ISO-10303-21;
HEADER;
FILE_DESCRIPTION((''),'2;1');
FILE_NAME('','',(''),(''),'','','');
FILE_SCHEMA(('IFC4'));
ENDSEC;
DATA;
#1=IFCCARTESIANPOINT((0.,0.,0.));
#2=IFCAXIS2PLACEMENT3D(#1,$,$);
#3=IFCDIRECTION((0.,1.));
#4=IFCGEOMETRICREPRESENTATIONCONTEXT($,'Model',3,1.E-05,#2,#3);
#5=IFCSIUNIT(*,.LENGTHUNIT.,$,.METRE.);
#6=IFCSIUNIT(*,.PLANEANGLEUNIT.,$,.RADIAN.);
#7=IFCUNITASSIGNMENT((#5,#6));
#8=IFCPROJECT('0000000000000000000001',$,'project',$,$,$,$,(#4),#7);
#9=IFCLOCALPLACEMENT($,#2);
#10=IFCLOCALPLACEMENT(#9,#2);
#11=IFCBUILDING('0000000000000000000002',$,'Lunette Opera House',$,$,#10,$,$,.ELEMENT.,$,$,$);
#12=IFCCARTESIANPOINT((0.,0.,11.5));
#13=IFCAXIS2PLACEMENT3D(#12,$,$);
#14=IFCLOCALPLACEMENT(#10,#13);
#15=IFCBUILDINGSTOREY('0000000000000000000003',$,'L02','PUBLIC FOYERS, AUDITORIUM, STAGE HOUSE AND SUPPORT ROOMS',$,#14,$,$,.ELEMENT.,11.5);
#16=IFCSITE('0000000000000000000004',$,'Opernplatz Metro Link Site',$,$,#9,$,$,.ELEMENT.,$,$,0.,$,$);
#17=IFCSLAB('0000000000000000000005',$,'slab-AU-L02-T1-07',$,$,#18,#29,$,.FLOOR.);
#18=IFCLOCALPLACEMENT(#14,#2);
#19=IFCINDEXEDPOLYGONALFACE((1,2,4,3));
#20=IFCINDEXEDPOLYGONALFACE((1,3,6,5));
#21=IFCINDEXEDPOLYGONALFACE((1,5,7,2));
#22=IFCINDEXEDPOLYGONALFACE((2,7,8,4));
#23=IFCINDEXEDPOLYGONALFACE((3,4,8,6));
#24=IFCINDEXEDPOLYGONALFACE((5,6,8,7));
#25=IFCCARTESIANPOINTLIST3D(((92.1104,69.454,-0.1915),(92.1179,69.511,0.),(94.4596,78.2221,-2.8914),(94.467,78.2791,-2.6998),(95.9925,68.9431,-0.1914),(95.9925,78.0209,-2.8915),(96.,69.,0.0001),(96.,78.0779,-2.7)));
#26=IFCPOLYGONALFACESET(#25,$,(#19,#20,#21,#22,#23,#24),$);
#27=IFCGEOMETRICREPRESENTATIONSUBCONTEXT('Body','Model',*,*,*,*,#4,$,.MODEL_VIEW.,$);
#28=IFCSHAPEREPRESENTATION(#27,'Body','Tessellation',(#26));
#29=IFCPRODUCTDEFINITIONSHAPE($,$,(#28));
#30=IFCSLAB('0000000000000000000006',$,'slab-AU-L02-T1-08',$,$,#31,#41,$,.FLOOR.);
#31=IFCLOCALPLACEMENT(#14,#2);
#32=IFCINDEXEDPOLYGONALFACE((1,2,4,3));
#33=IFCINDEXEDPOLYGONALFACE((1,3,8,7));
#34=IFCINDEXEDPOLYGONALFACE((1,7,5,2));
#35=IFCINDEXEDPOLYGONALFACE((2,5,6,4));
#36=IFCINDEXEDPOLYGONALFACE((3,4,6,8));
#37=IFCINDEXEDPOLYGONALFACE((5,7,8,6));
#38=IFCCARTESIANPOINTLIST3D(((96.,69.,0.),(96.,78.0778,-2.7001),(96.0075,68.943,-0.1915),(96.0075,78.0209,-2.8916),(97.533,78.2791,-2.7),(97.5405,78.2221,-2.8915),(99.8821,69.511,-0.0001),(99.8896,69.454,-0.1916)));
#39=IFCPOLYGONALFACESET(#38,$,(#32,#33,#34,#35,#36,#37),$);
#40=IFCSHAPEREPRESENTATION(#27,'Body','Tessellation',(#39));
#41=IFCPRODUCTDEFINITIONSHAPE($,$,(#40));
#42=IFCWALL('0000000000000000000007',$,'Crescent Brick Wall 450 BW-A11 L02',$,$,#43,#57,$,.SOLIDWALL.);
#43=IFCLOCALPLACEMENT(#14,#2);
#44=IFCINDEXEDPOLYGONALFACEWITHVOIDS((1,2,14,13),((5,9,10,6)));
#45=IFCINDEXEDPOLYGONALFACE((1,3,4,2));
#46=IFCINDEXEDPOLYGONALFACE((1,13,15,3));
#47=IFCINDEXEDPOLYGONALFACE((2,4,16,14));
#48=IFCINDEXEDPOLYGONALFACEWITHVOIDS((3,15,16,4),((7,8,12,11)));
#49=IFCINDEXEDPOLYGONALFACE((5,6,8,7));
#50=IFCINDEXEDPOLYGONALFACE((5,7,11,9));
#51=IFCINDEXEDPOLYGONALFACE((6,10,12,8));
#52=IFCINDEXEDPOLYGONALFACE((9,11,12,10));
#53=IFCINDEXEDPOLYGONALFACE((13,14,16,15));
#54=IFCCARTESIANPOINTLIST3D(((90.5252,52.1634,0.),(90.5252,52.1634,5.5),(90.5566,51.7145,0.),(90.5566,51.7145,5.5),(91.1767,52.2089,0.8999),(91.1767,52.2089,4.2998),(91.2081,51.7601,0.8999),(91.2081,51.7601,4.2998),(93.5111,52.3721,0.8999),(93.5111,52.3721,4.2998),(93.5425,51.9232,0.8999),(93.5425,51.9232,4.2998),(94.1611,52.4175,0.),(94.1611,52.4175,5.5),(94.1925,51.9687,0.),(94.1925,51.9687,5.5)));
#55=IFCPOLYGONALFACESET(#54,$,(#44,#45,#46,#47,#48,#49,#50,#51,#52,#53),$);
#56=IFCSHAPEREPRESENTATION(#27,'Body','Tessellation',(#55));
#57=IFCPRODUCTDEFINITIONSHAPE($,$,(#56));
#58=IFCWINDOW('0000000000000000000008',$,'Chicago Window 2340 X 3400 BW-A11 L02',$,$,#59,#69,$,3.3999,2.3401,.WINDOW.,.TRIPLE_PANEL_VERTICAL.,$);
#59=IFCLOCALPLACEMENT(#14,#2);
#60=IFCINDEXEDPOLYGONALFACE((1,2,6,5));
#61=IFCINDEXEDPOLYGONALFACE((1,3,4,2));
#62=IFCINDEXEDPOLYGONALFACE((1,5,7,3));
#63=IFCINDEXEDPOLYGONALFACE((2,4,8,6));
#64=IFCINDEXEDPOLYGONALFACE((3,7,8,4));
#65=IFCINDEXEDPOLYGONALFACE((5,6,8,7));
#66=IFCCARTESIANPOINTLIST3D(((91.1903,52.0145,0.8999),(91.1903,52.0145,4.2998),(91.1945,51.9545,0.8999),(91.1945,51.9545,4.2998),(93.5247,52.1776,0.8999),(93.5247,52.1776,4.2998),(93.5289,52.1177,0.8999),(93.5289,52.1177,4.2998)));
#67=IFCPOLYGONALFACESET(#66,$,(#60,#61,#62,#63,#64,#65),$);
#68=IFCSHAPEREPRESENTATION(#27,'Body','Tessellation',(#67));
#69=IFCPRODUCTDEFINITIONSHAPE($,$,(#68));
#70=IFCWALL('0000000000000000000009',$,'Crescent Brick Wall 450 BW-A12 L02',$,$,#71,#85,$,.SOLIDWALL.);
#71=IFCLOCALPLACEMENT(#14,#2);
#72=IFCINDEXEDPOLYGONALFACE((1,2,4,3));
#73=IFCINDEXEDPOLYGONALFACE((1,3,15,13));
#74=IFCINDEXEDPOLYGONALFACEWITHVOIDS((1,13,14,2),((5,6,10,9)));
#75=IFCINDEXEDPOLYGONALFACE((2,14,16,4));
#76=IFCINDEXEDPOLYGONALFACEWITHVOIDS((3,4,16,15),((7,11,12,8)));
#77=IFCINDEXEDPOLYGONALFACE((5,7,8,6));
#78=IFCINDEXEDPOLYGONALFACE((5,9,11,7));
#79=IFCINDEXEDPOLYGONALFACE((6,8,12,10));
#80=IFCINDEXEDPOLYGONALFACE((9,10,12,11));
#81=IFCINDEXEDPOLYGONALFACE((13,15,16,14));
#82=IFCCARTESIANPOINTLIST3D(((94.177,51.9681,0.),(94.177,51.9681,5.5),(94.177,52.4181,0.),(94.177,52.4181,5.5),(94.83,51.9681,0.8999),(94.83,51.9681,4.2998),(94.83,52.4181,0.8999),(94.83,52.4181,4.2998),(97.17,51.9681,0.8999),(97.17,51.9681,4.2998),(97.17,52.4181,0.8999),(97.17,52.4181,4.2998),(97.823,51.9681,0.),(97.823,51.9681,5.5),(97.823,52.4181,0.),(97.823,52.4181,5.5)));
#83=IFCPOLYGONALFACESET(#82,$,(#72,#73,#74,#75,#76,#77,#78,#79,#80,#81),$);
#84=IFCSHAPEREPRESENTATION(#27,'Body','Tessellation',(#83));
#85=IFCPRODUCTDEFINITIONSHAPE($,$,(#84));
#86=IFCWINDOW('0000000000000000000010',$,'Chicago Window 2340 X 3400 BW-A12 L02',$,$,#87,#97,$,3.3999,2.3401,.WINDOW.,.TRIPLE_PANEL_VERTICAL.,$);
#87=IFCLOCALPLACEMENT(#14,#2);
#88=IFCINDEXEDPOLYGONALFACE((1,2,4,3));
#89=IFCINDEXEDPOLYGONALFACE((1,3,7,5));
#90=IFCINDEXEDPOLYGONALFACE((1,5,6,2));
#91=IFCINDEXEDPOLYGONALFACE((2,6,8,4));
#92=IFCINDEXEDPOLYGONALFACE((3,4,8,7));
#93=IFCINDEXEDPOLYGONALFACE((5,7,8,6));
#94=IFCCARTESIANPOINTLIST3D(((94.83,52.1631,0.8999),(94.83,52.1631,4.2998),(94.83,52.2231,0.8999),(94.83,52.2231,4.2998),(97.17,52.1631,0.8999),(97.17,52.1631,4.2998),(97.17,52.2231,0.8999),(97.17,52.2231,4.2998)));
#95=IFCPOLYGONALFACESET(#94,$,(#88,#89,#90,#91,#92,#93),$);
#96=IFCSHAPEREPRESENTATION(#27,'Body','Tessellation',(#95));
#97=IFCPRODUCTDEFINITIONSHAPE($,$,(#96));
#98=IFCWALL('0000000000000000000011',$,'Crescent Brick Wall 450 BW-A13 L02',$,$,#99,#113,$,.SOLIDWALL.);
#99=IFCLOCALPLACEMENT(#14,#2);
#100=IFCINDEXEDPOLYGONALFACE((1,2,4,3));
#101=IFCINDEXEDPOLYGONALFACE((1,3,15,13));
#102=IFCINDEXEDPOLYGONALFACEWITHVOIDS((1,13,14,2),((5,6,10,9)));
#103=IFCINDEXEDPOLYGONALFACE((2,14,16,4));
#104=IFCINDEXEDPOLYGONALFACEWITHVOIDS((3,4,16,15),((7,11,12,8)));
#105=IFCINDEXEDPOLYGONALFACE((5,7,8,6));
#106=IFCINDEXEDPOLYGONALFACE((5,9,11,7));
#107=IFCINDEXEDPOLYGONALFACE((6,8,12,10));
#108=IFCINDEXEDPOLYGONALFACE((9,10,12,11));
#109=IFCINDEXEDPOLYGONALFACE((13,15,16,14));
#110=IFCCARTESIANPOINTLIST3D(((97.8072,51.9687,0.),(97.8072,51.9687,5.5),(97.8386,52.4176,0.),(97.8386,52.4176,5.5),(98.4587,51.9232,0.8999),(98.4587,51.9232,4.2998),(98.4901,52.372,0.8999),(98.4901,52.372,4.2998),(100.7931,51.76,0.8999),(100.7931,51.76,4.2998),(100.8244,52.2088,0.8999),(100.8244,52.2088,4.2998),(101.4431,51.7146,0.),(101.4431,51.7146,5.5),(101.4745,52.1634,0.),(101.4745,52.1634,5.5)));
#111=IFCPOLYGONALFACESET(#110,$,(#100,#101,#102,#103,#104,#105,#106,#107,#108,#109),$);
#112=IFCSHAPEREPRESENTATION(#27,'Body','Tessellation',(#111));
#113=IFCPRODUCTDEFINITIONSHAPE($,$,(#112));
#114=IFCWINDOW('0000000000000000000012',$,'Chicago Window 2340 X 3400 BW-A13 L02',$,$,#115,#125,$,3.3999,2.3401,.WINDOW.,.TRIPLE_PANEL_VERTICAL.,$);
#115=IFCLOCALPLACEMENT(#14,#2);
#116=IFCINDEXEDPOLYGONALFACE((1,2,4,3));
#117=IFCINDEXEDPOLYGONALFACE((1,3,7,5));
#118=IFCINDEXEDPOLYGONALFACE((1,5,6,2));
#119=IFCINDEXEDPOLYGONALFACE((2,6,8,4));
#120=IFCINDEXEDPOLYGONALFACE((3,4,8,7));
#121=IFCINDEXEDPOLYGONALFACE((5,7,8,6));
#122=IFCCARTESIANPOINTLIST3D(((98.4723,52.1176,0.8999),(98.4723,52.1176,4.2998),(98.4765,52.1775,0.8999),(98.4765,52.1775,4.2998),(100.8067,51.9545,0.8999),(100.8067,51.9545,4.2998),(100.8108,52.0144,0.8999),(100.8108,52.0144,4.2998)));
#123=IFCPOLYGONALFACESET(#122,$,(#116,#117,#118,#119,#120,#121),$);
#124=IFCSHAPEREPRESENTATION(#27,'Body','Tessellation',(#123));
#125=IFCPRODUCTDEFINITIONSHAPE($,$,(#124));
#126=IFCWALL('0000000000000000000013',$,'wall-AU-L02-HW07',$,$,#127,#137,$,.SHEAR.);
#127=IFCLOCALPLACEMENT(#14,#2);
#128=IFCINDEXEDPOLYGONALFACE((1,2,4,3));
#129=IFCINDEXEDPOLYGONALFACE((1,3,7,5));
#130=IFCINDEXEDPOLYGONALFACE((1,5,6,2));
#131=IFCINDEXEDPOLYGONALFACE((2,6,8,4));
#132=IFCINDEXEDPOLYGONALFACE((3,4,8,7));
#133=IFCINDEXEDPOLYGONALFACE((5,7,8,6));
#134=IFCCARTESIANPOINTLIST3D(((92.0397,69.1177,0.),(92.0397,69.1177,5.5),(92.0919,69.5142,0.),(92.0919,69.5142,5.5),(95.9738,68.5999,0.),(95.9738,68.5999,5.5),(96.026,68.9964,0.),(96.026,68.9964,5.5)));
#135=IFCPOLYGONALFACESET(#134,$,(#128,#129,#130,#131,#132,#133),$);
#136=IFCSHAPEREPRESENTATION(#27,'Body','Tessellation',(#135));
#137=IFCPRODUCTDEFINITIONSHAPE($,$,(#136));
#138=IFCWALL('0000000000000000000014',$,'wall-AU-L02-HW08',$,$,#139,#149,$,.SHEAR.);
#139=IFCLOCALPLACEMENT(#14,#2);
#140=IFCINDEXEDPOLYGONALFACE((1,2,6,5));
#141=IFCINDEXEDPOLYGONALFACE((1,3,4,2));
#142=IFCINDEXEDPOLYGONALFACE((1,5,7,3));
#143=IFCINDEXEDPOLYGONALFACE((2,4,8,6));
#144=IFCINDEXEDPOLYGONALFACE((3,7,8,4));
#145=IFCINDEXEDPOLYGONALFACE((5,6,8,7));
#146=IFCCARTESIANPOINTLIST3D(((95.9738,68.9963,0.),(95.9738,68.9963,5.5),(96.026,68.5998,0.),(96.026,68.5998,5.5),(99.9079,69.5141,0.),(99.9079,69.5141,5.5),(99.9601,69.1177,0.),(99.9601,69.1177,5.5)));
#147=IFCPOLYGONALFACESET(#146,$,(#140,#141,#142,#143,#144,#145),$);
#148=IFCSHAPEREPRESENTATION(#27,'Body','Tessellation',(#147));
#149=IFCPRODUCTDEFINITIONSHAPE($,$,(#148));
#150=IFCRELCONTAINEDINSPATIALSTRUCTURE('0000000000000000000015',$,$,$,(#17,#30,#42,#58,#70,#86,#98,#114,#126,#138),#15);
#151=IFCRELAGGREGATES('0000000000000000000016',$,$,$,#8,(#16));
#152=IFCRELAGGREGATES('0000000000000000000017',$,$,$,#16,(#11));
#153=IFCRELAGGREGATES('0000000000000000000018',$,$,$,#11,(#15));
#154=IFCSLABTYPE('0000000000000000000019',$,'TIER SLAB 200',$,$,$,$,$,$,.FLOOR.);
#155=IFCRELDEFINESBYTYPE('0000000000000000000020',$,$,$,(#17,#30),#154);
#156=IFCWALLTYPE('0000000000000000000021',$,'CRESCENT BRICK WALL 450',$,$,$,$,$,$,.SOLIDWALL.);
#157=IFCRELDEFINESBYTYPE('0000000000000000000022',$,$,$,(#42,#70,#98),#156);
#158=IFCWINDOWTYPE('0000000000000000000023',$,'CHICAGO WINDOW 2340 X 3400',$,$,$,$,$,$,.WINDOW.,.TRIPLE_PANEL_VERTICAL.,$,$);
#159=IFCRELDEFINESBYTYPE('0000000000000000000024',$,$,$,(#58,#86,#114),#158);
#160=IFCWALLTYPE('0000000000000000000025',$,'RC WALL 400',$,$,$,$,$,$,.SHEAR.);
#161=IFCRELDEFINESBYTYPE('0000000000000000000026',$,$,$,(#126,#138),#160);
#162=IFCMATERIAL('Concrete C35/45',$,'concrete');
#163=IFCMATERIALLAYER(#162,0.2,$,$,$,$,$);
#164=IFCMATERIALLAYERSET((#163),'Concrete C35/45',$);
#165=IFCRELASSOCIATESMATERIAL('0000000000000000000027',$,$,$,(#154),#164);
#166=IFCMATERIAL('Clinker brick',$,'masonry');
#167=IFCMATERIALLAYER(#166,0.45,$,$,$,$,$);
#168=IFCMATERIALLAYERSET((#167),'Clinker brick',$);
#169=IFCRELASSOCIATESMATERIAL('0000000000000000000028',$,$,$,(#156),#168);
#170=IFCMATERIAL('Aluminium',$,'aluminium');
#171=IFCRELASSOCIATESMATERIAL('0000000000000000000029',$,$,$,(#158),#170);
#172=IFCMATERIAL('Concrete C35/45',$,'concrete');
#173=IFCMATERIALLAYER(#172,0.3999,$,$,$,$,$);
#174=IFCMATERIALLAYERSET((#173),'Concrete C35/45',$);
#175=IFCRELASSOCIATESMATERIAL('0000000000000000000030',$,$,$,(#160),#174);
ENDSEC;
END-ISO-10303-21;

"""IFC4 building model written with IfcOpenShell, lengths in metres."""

from ifc_helpers import new_model, si_unit, direction, frame, frame_2d, origin, place, context, subcontext, project, spatial, polyline, rectangle, outline, extrude, material, layer, layer_set, type_object, element, fill, save


model = new_model("IFC4")

# Units and contexts
model_context = context("Model", 3, precision=1e-05, world=origin(), true_north=direction((0.0, 1.0)))
body_context = subcontext(model_context, "Body", "Model", "MODEL_VIEW")
ifc_project = project(units=[si_unit("LENGTHUNIT", "METRE"), si_unit("PLANEANGLEUNIT", "RADIAN")], contexts=[model_context])

# Site, building, storey
site_placement = place(None, origin())
site = spatial("IfcSite", under=ifc_project, at=site_placement, Name="Opernplatz Metro Link Site", CompositionType="ELEMENT", RefElevation=0.0)
building_placement = place(site_placement, origin())
building = spatial("IfcBuilding", under=site, at=building_placement, Name="Lunette Opera House", CompositionType="ELEMENT")
storey_placement = place(building_placement, frame((0.0, 0.0, 11.5)))
storey = spatial("IfcBuildingStorey", under=building, at=storey_placement, Name="L02", Description="PUBLIC FOYERS, AUDITORIUM, STAGE HOUSE AND SUPPORT ROOMS", CompositionType="ELEMENT", Elevation=11.5)

# Slabs
ifc_material_1 = material(Name="Concrete C35/45", Category="concrete")
ifc_layer_1 = layer(ifc_material_1, 0.2)
ifc_layer_set_1 = layer_set([ifc_layer_1], Name="Concrete C35/45")
slab_type = type_object("IfcSlabType", Name="TIER SLAB 200", PredefinedType="FLOOR", material=ifc_layer_set_1)
slab_1_placement = place(storey_placement, frame((92.1179, 69.511, 0.0), z_axis=(0.037467, 0.284891, 0.957827), x_axis=(0.991449, -0.130492, 0.00003)))
element("IfcSlab", 1, at=slab_1_placement, inside=storey, type_object=slab_type, Name="slab-AU-L02-T1-07", PredefinedType="FLOOR", context=body_context, shape_type="SweptSolid", body=[
    extrude(outline(polyline([(0.0, 0.0), (3.9156, 0.0), (2.7309, 9.3965), (1.1848, 9.3959), (0.0, 0.0)])), origin(), (0.0, 0.0, -1.0), 0.2),
])
slab_2_placement = place(storey_placement, frame((96.0, 69.0, 0.0), z_axis=(-0.037467, 0.284891, 0.957827), x_axis=(0.991449, 0.130492, -0.00003)))
element("IfcSlab", 2, at=slab_2_placement, inside=storey, type_object=slab_type, Name="slab-AU-L02-T1-08", PredefinedType="FLOOR", context=body_context, shape_type="SweptSolid", body=[
    extrude(outline(polyline([(0.0, 0.0), (3.9156, 0.0), (2.7308, 9.3959), (1.1847, 9.3965), (0.0, 0.0)])), origin(), (0.0, 0.0, -1.0), 0.2),
])

# Walls, openings, windows
ifc_material_2 = material(Name="Clinker brick", Category="masonry")
ifc_layer_2 = layer(ifc_material_2, 0.45)
ifc_layer_set_2 = layer_set([ifc_layer_2], Name="Clinker brick")
wall_type_1 = type_object("IfcWallType", Name="CRESCENT BRICK WALL 450", PredefinedType="SOLIDWALL", material=ifc_layer_set_2)
wall_1_placement = place(storey_placement, frame((90.541, 51.939, 0.0), z_axis=(0.0, 0.0, 1.0), x_axis=(0.997566, 0.069728, 0.0)))
wall_1 = element("IfcWall", 3, at=wall_1_placement, inside=storey, type_object=wall_type_1, Name="Crescent Brick Wall 450 BW-A11 L02", PredefinedType="SOLIDWALL", context=body_context, shape_type="SweptSolid", body=[
    extrude(rectangle(XDim=3.6448, YDim=0.45, at=frame_2d((1.8223, 0.0))), origin(), (0.0, 0.0, 1.0), 5.5),
])
opening_1_placement = place(wall_1_placement, frame((0.6531, 0.0, 0.8999)))
opening_1 = element("IfcOpeningElement", 4, at=opening_1_placement, cuts=wall_1, PredefinedType="OPENING", context=body_context, shape_type="SweptSolid", body=[
    extrude(rectangle(XDim=2.3401, YDim=3.3999, at=frame_2d((1.1699, 1.7))), frame((0.0, 0.2371, 0.0), z_axis=(0.0, -1.0, 0.0), x_axis=(1.0, 0.0, 0.0)), (0.0, 0.0, 1.0), 0.4739),
])
ifc_material_3 = material(Name="Aluminium", Category="aluminium")
window_type = type_object("IfcWindowType", Name="CHICAGO WINDOW 2340 X 3400", PartitioningType="TRIPLE_PANEL_VERTICAL", PredefinedType="WINDOW", material=ifc_material_3)
window_1_placement = place(opening_1_placement, origin())
window_1 = element("IfcWindow", 5, at=window_1_placement, inside=storey, type_object=window_type, Name="Chicago Window 2340 X 3400 BW-A11 L02", OverallHeight=3.3999, OverallWidth=2.3401, PartitioningType="TRIPLE_PANEL_VERTICAL", PredefinedType="WINDOW", context=body_context, shape_type="SweptSolid", body=[
    extrude(rectangle(XDim=2.3401, YDim=3.3999, at=frame_2d((1.1699, 1.7))), frame((0.0, 0.03, 0.0), z_axis=(0.0, -1.0, 0.0), x_axis=(1.0, 0.0, 0.0)), (0.0, 0.0, 1.0), 0.0601),
])
fill(opening_1, window_1)
wall_2_placement = place(storey_placement, frame((94.177, 52.1931, 0.0), z_axis=(0.0, 0.0, 1.0), x_axis=(1.0, 0.0, 0.0)))
wall_2 = element("IfcWall", 6, at=wall_2_placement, inside=storey, type_object=wall_type_1, Name="Crescent Brick Wall 450 BW-A12 L02", PredefinedType="SOLIDWALL", context=body_context, shape_type="SweptSolid", body=[
    extrude(rectangle(XDim=3.646, YDim=0.45, at=frame_2d((1.823, 0.0))), origin(), (0.0, 0.0, 1.0), 5.5),
])
opening_2_placement = place(wall_2_placement, frame((0.6531, 0.0, 0.8999)))
opening_2 = element("IfcOpeningElement", 7, at=opening_2_placement, cuts=wall_2, PredefinedType="OPENING", context=body_context, shape_type="SweptSolid", body=[
    extrude(rectangle(XDim=2.3401, YDim=3.3999, at=frame_2d((1.1699, 1.7))), frame((0.0, 0.2371, 0.0), z_axis=(0.0, -1.0, 0.0), x_axis=(1.0, 0.0, 0.0)), (0.0, 0.0, 1.0), 0.4739),
])
window_2_placement = place(opening_2_placement, origin())
window_2 = element("IfcWindow", 8, at=window_2_placement, inside=storey, type_object=window_type, Name="Chicago Window 2340 X 3400 BW-A12 L02", OverallHeight=3.3999, OverallWidth=2.3401, PartitioningType="TRIPLE_PANEL_VERTICAL", PredefinedType="WINDOW", context=body_context, shape_type="SweptSolid", body=[
    extrude(rectangle(XDim=2.3401, YDim=3.3999, at=frame_2d((1.1699, 1.7))), frame((0.0, 0.03, 0.0), z_axis=(0.0, -1.0, 0.0), x_axis=(1.0, 0.0, 0.0)), (0.0, 0.0, 1.0), 0.0601),
])
fill(opening_2, window_2)
wall_3_placement = place(storey_placement, frame((97.823, 52.1931, 0.0), z_axis=(0.0, 0.0, 1.0), x_axis=(0.997566, -0.069728, 0.0)))
wall_3 = element("IfcWall", 9, at=wall_3_placement, inside=storey, type_object=wall_type_1, Name="Crescent Brick Wall 450 BW-A13 L02", PredefinedType="SOLIDWALL", context=body_context, shape_type="SweptSolid", body=[
    extrude(rectangle(XDim=3.6448, YDim=0.45, at=frame_2d((1.8223, 0.0))), origin(), (0.0, 0.0, 1.0), 5.5),
])
opening_3_placement = place(wall_3_placement, frame((0.6531, 0.0, 0.8999)))
opening_3 = element("IfcOpeningElement", 10, at=opening_3_placement, cuts=wall_3, PredefinedType="OPENING", context=body_context, shape_type="SweptSolid", body=[
    extrude(rectangle(XDim=2.3401, YDim=3.3999, at=frame_2d((1.1699, 1.7))), frame((0.0, 0.2371, 0.0), z_axis=(0.0, -1.0, 0.0), x_axis=(1.0, 0.0, 0.0)), (0.0, 0.0, 1.0), 0.4739),
])
window_3_placement = place(opening_3_placement, origin())
window_3 = element("IfcWindow", 11, at=window_3_placement, inside=storey, type_object=window_type, Name="Chicago Window 2340 X 3400 BW-A13 L02", OverallHeight=3.3999, OverallWidth=2.3401, PartitioningType="TRIPLE_PANEL_VERTICAL", PredefinedType="WINDOW", context=body_context, shape_type="SweptSolid", body=[
    extrude(rectangle(XDim=2.3401, YDim=3.3999, at=frame_2d((1.1699, 1.7))), frame((0.0, 0.03, 0.0), z_axis=(0.0, -1.0, 0.0), x_axis=(1.0, 0.0, 0.0)), (0.0, 0.0, 1.0), 0.0601),
])
fill(opening_3, window_3)

# Walls
ifc_material_4 = material(Name="Concrete C35/45", Category="concrete")
ifc_layer_3 = layer(ifc_material_4, 0.3999)
ifc_layer_set_3 = layer_set([ifc_layer_3], Name="Concrete C35/45")
wall_type_2 = type_object("IfcWallType", Name="RC WALL 400", PredefinedType="SHEAR", material=ifc_layer_set_3)
for number, where, z_axis, x_axis, name in (
    (12, (92.0659, 69.3159, 0.0), (0.0, 0.0, 1.0), (0.991448, -0.130499, 0.0), "wall-AU-L02-HW07"),
    (13, (96.0, 68.7981, 0.0), (0.0, 0.0, 1.0), (0.991448, 0.130499, 0.0), "wall-AU-L02-HW08"),
):
    element("IfcWall", number, at=place(storey_placement, frame(where, z_axis=z_axis, x_axis=x_axis)), inside=storey, type_object=wall_type_2, Name=name, PredefinedType="SHEAR", context=body_context, shape_type="SweptSolid", body=[
        extrude(rectangle(XDim=3.968, YDim=0.3999, at=frame_2d((1.9839, 0.0))), origin(), (0.0, 0.0, 1.0), 5.5),
    ])

save(model, "model.ifc")
